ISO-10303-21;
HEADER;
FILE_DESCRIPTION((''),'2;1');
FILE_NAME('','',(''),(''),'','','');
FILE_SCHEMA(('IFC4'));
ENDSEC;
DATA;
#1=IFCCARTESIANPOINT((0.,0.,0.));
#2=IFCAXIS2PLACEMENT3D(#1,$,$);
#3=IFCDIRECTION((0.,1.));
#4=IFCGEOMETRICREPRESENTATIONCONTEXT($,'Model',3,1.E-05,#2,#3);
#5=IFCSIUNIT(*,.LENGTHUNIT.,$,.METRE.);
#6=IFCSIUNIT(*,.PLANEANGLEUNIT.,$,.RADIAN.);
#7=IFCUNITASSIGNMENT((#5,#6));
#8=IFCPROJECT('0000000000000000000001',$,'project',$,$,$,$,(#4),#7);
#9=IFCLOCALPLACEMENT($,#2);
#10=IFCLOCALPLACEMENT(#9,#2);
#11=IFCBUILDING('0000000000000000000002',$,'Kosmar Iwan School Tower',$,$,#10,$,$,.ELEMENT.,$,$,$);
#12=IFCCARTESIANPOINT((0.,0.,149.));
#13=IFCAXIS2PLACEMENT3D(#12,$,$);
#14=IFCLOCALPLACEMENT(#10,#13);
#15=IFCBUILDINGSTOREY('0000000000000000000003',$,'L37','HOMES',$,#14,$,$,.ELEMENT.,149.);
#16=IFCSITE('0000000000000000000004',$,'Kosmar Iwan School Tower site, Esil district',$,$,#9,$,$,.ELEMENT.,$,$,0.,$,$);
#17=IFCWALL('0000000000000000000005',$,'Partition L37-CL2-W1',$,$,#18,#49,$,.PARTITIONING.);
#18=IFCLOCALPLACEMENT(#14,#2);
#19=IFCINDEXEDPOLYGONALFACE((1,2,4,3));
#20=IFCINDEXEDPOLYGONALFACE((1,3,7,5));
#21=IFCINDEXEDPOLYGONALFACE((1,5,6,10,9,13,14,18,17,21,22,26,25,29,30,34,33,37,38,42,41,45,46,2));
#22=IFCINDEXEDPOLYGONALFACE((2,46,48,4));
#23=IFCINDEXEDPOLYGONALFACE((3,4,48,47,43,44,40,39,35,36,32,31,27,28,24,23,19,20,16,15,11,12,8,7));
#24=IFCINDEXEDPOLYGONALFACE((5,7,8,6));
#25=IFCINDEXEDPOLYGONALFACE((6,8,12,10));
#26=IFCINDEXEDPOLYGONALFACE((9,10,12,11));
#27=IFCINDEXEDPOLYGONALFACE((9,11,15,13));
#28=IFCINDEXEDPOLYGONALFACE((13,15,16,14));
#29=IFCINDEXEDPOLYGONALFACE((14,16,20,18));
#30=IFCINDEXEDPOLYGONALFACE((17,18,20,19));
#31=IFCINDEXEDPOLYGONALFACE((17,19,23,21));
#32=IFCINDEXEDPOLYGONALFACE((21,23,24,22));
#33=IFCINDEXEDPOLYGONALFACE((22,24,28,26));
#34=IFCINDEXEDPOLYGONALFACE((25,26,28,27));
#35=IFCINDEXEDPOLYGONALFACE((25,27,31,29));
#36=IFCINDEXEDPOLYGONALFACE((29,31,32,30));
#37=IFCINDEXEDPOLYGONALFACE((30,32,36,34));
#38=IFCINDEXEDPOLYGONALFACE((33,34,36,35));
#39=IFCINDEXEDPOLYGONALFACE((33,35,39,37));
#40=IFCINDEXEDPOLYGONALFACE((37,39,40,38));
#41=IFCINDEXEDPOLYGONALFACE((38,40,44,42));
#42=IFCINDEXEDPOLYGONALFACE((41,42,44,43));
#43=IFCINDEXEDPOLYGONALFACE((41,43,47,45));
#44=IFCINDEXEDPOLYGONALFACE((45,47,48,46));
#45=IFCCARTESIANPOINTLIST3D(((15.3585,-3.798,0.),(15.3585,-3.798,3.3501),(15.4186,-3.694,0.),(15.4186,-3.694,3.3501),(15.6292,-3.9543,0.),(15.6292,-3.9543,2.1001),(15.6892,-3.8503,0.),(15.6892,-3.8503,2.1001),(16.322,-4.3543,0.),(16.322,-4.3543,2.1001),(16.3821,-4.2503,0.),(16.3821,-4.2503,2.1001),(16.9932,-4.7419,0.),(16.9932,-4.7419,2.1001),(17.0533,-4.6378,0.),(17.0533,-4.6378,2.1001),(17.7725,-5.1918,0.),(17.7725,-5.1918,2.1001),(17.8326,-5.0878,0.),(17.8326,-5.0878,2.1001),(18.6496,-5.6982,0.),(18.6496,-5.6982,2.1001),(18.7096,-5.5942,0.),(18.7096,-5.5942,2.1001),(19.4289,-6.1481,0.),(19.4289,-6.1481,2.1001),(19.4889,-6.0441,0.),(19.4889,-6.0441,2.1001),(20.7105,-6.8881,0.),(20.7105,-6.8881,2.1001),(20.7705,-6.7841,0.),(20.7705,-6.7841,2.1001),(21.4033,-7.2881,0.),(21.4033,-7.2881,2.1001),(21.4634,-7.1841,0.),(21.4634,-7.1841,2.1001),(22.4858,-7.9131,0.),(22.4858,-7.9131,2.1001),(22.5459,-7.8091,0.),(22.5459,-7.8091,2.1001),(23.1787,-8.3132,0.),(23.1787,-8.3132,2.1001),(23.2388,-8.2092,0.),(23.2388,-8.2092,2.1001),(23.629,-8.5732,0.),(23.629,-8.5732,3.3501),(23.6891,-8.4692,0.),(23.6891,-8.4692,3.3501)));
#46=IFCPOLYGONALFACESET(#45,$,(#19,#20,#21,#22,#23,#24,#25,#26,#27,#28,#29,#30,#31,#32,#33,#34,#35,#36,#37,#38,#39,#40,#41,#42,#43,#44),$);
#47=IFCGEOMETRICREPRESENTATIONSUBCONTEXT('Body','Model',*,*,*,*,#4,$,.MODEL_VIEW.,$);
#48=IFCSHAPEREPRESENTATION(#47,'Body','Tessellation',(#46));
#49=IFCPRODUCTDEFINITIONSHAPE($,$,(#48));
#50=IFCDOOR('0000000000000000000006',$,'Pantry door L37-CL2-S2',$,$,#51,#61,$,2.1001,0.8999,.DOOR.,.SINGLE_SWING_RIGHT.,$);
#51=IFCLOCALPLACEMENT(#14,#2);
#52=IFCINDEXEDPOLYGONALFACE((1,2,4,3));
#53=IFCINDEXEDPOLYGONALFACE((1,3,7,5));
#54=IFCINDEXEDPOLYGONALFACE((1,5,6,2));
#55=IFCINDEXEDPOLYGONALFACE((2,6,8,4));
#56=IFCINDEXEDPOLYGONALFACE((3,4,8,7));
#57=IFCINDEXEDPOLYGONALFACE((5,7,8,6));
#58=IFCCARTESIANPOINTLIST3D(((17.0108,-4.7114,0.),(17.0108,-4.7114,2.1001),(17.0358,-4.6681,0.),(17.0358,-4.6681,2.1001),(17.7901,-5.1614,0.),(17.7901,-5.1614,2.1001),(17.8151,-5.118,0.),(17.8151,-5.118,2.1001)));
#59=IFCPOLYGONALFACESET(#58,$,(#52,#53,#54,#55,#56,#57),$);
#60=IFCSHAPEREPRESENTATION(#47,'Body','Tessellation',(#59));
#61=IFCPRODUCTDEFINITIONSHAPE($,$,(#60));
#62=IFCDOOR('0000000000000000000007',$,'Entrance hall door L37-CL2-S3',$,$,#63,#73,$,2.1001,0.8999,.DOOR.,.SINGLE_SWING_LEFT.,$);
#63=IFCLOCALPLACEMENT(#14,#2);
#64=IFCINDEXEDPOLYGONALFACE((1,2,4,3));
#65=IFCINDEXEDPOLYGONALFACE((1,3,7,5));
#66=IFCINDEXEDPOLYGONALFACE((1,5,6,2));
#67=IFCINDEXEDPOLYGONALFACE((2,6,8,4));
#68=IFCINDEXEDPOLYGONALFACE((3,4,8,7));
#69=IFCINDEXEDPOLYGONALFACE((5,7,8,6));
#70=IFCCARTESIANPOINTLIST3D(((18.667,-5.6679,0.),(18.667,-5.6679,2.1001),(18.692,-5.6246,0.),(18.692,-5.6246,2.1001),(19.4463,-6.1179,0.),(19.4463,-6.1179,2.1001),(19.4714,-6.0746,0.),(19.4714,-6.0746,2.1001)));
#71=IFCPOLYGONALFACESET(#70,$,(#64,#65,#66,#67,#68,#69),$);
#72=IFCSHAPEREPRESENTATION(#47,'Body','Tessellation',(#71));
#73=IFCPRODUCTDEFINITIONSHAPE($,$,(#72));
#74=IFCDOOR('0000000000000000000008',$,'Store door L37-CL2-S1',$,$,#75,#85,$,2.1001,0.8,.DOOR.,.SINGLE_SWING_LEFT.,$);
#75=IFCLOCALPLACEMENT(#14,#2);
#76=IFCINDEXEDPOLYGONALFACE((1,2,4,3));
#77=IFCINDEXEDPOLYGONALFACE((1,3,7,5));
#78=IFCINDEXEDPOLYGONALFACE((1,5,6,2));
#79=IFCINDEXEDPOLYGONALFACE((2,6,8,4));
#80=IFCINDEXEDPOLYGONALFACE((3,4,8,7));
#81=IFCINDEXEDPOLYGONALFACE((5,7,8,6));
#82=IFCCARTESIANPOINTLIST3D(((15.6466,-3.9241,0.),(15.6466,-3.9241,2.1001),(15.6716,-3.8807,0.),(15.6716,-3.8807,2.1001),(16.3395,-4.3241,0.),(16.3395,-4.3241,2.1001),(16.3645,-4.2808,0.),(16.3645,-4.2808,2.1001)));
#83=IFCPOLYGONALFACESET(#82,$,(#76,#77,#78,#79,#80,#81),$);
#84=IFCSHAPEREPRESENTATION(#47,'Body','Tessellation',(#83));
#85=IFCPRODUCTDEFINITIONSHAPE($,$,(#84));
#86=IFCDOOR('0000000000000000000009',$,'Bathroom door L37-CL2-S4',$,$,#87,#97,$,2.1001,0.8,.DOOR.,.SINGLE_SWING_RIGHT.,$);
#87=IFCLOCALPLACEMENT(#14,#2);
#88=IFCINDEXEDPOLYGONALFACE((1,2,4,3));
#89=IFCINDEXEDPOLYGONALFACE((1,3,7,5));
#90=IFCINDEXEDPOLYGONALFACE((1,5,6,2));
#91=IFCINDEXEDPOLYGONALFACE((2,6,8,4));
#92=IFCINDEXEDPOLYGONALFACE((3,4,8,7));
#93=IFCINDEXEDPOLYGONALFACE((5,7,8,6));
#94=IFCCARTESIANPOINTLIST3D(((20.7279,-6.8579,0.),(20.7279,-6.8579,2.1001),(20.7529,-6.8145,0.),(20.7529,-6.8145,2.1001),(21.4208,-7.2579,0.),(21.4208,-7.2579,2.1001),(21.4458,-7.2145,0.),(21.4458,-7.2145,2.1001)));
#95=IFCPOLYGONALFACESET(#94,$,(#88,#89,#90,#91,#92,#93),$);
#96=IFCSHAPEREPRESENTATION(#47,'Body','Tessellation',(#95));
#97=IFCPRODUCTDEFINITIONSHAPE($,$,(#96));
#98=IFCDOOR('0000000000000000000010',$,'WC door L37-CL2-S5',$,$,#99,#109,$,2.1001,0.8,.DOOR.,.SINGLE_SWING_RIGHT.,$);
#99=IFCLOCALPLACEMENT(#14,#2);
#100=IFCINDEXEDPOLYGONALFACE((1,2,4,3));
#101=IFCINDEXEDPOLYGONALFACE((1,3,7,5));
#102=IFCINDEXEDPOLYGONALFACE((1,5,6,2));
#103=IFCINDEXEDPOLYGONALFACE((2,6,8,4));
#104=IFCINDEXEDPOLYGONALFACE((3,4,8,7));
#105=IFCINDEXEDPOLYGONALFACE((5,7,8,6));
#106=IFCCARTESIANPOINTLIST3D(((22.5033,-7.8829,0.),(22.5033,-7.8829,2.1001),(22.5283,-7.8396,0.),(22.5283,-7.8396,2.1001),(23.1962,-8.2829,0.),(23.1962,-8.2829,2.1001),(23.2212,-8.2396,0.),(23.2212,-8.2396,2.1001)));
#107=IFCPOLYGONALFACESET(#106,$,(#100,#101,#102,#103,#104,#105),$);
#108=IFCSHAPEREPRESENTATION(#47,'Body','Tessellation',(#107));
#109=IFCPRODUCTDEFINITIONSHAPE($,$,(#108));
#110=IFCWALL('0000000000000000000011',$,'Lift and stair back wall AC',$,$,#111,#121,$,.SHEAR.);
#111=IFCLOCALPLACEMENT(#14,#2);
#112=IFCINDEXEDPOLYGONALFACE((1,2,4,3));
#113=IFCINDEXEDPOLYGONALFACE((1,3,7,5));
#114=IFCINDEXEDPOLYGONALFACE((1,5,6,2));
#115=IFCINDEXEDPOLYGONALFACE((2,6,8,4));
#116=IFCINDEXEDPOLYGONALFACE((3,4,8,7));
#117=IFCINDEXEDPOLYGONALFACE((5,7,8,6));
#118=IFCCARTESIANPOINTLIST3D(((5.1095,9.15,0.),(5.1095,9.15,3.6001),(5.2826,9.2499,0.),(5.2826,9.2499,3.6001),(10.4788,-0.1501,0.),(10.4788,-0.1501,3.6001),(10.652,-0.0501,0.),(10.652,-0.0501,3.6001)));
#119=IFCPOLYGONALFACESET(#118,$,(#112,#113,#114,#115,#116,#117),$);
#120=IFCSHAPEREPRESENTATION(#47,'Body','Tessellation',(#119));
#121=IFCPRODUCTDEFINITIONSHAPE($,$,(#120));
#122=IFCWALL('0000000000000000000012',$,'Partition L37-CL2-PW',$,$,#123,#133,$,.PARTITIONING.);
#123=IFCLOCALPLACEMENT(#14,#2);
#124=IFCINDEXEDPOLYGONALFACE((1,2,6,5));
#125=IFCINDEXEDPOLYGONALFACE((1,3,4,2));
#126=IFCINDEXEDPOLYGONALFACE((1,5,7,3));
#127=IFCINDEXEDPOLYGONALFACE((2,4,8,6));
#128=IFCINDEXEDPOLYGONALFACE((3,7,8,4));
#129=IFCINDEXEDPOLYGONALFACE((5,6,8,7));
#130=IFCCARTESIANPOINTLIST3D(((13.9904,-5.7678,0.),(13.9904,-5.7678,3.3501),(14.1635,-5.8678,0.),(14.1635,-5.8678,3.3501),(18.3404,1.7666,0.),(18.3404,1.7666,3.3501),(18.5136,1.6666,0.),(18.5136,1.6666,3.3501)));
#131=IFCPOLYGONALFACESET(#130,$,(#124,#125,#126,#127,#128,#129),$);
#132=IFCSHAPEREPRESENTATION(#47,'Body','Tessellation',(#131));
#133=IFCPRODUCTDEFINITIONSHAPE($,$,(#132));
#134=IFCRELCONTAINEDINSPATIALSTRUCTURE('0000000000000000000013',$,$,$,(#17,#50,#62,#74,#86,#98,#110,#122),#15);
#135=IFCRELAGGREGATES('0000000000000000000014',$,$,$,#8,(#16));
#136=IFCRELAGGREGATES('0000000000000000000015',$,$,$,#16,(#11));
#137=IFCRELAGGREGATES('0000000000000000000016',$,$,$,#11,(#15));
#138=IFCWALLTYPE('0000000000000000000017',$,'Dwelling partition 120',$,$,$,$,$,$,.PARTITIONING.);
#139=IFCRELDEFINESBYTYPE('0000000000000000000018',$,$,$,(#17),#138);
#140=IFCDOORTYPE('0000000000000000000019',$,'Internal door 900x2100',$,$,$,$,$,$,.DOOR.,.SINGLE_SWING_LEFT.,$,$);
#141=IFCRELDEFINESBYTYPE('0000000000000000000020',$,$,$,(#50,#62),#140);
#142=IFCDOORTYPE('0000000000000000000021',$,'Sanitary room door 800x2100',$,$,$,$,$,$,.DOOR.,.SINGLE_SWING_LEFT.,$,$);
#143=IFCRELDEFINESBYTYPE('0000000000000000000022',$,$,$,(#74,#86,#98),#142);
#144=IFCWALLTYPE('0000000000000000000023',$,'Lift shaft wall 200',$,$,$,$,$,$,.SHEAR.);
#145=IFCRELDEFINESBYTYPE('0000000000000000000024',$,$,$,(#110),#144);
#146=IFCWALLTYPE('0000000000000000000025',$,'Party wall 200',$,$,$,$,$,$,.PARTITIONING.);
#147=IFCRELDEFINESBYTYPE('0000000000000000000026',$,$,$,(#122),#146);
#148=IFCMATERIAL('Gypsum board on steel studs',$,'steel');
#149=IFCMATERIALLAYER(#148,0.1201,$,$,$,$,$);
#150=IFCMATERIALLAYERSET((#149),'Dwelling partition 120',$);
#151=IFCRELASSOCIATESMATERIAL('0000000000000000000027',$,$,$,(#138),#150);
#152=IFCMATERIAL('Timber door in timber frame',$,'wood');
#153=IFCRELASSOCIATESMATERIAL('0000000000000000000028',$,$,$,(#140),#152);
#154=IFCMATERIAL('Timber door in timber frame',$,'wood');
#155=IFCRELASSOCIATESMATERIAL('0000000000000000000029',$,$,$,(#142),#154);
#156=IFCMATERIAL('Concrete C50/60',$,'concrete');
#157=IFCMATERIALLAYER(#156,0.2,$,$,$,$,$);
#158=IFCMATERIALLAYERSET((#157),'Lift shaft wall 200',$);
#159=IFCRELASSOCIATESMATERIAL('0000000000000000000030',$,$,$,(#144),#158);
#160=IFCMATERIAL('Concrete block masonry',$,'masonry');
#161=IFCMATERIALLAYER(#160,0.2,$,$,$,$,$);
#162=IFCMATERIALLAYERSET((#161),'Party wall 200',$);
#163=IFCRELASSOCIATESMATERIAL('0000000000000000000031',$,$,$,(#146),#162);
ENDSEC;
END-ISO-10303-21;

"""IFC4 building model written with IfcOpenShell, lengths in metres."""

from ifc_helpers import new_model, si_unit, direction, frame, frame_2d, origin, place, context, subcontext, project, spatial, rectangle, extrude, material, layer, layer_set, type_object, element, fill, save


model = new_model("IFC4")

# Units and contexts
model_context = context("Model", 3, precision=1e-05, world=origin(), true_north=direction((0.0, 1.0)))
body_context = subcontext(model_context, "Body", "Model", "MODEL_VIEW")
ifc_project = project(units=[si_unit("LENGTHUNIT", "METRE"), si_unit("PLANEANGLEUNIT", "RADIAN")], contexts=[model_context])

# Site, building, storey
site_placement = place(None, origin())
site = spatial("IfcSite", under=ifc_project, at=site_placement, Name="Kosmar Iwan School Tower site, Esil district", CompositionType="ELEMENT", RefElevation=0.0)
building_placement = place(site_placement, origin())
building = spatial("IfcBuilding", under=site, at=building_placement, Name="Kosmar Iwan School Tower", CompositionType="ELEMENT")
storey_placement = place(building_placement, frame((0.0, 0.0, 149.0)))
storey = spatial("IfcBuildingStorey", under=building, at=storey_placement, Name="L37", Description="HOMES", CompositionType="ELEMENT", Elevation=149.0)

# Shared definitions
ifc_material_1 = material(Name="Gypsum board on steel studs", Category="steel")
ifc_layer_1 = layer(ifc_material_1, 0.1201)
ifc_layer_set_1 = layer_set([ifc_layer_1], Name="Dwelling partition 120")
wall_type_1 = type_object("IfcWallType", Name="Dwelling partition 120", PredefinedType="PARTITIONING", material=ifc_layer_set_1)
ifc_material_2 = material(Name="Timber door in timber frame", Category="wood")
door_type_1 = type_object("IfcDoorType", Name="Internal door 900x2100", OperationType="SINGLE_SWING_LEFT", PredefinedType="DOOR", material=ifc_material_2)
ifc_material_3 = material(Name="Timber door in timber frame", Category="wood")
door_type_2 = type_object("IfcDoorType", Name="Sanitary room door 800x2100", OperationType="SINGLE_SWING_LEFT", PredefinedType="DOOR", material=ifc_material_3)

# Wall, openings, doors
wall_1_placement = place(storey_placement, frame((15.3887, -3.7461, 0.0), z_axis=(0.0, 0.0, 1.0), x_axis=(0.866018, -0.500013, 0.0)))
wall_1 = element("IfcWall", 1, at=wall_1_placement, inside=storey, type_object=wall_type_1, Name="Partition L37-CL2-W1", PredefinedType="PARTITIONING", context=body_context, shape_type="SweptSolid", body=[
    extrude(rectangle(XDim=9.55, YDim=0.1201, at=frame_2d((4.7749, 0.0))), origin(), (0.0, 0.0, 1.0), 3.3501),
])
opening_1_placement = place(wall_1_placement, frame((0.3125, 0.0, 0.0)))
opening_1 = element("IfcOpeningElement", 2, at=opening_1_placement, cuts=wall_1, PredefinedType="OPENING", context=body_context, shape_type="SweptSolid", body=[
    extrude(rectangle(XDim=0.8, YDim=2.1001, at=frame_2d((0.3999, 1.05))), frame((0.0, 0.072, 0.0), z_axis=(0.0, -1.0, 0.0), x_axis=(1.0, 0.0, 0.0)), (0.0, 0.0, 1.0), 0.144),
])
opening_2_placement = place(wall_1_placement, frame((1.8875, 0.0, 0.0)))
opening_2 = element("IfcOpeningElement", 3, at=opening_2_placement, cuts=wall_1, PredefinedType="OPENING", context=body_context, shape_type="SweptSolid", body=[
    extrude(rectangle(XDim=0.8999, YDim=2.1001, at=frame_2d((0.45, 1.05))), frame((0.0, 0.072, 0.0), z_axis=(0.0, -1.0, 0.0), x_axis=(1.0, 0.0, 0.0)), (0.0, 0.0, 1.0), 0.144),
])
opening_3_placement = place(wall_1_placement, frame((3.8, 0.0, 0.0)))
opening_3 = element("IfcOpeningElement", 4, at=opening_3_placement, cuts=wall_1, PredefinedType="OPENING", context=body_context, shape_type="SweptSolid", body=[
    extrude(rectangle(XDim=0.8999, YDim=2.1001, at=frame_2d((0.45, 1.05))), frame((0.0, 0.072, 0.0), z_axis=(0.0, -1.0, 0.0), x_axis=(1.0, 0.0, 0.0)), (0.0, 0.0, 1.0), 0.144),
])
opening_4_placement = place(wall_1_placement, frame((6.1799, 0.0, 0.0)))
opening_4 = element("IfcOpeningElement", 5, at=opening_4_placement, cuts=wall_1, PredefinedType="OPENING", context=body_context, shape_type="SweptSolid", body=[
    extrude(rectangle(XDim=0.8, YDim=2.1001, at=frame_2d((0.3999, 1.05))), frame((0.0, 0.072, 0.0), z_axis=(0.0, -1.0, 0.0), x_axis=(1.0, 0.0, 0.0)), (0.0, 0.0, 1.0), 0.144),
])
opening_5_placement = place(wall_1_placement, frame((8.23, 0.0, 0.0)))
opening_5 = element("IfcOpeningElement", 6, at=opening_5_placement, cuts=wall_1, PredefinedType="OPENING", context=body_context, shape_type="SweptSolid", body=[
    extrude(rectangle(XDim=0.8, YDim=2.1001, at=frame_2d((0.3999, 1.05))), frame((0.0, 0.072, 0.0), z_axis=(0.0, -1.0, 0.0), x_axis=(1.0, 0.0, 0.0)), (0.0, 0.0, 1.0), 0.144),
])
door_1_placement = place(opening_2_placement, frame((0.8999, 0.0, 0.0), z_axis=(0.0, 0.0, 1.0), x_axis=(-1.0, 0.0, 0.0)))
door_1 = element("IfcDoor", 7, at=door_1_placement, inside=storey, type_object=door_type_1, Name="Pantry door L37-CL2-S2", OperationType="SINGLE_SWING_RIGHT", OverallHeight=2.1001, OverallWidth=0.8999, PredefinedType="DOOR", context=body_context, shape_type="SweptSolid", body=[
    extrude(rectangle(XDim=0.8999, YDim=2.1001, at=frame_2d((0.45, 1.05))), frame((0.0, 0.0249, 0.0), z_axis=(0.0, -1.0, 0.0), x_axis=(1.0, 0.0, 0.0)), (0.0, 0.0, 1.0), 0.05),
])
fill(opening_2, door_1)
door_2_placement = place(opening_3_placement, origin())
door_2 = element("IfcDoor", 8, at=door_2_placement, inside=storey, type_object=door_type_1, Name="Entrance hall door L37-CL2-S3", OperationType="SINGLE_SWING_LEFT", OverallHeight=2.1001, OverallWidth=0.8999, PredefinedType="DOOR", context=body_context, shape_type="SweptSolid", body=[
    extrude(rectangle(XDim=0.8999, YDim=2.1001, at=frame_2d((0.45, 1.05))), frame((0.0, 0.0249, 0.0), z_axis=(0.0, -1.0, 0.0), x_axis=(1.0, 0.0, 0.0)), (0.0, 0.0, 1.0), 0.05),
])
fill(opening_3, door_2)
door_3_placement = place(opening_1_placement, origin())
door_3 = element("IfcDoor", 9, at=door_3_placement, inside=storey, type_object=door_type_2, Name="Store door L37-CL2-S1", OperationType="SINGLE_SWING_LEFT", OverallHeight=2.1001, OverallWidth=0.8, PredefinedType="DOOR", context=body_context, shape_type="SweptSolid", body=[
    extrude(rectangle(XDim=0.8, YDim=2.1001, at=frame_2d((0.3999, 1.05))), frame((0.0, 0.0249, 0.0), z_axis=(0.0, -1.0, 0.0), x_axis=(1.0, 0.0, 0.0)), (0.0, 0.0, 1.0), 0.05),
])
fill(opening_1, door_3)
door_4_placement = place(opening_4_placement, origin())
door_4 = element("IfcDoor", 10, at=door_4_placement, inside=storey, type_object=door_type_2, Name="Bathroom door L37-CL2-S4", OperationType="SINGLE_SWING_RIGHT", OverallHeight=2.1001, OverallWidth=0.8, PredefinedType="DOOR", context=body_context, shape_type="SweptSolid", body=[
    extrude(rectangle(XDim=0.8, YDim=2.1001, at=frame_2d((0.3999, 1.05))), frame((0.0, 0.0249, 0.0), z_axis=(0.0, -1.0, 0.0), x_axis=(1.0, 0.0, 0.0)), (0.0, 0.0, 1.0), 0.05),
])
fill(opening_4, door_4)
door_5_placement = place(opening_5_placement, origin())
door_5 = element("IfcDoor", 11, at=door_5_placement, inside=storey, type_object=door_type_2, Name="WC door L37-CL2-S5", OperationType="SINGLE_SWING_RIGHT", OverallHeight=2.1001, OverallWidth=0.8, PredefinedType="DOOR", context=body_context, shape_type="SweptSolid", body=[
    extrude(rectangle(XDim=0.8, YDim=2.1001, at=frame_2d((0.3999, 1.05))), frame((0.0, 0.0249, 0.0), z_axis=(0.0, -1.0, 0.0), x_axis=(1.0, 0.0, 0.0)), (0.0, 0.0, 1.0), 0.05),
])
fill(opening_5, door_5)

# Walls
ifc_material_4 = material(Name="Concrete C50/60", Category="concrete")
ifc_layer_2 = layer(ifc_material_4, 0.2)
ifc_layer_set_2 = layer_set([ifc_layer_2], Name="Lift shaft wall 200")
wall_type_2 = type_object("IfcWallType", Name="Lift shaft wall 200", PredefinedType="SHEAR", material=ifc_layer_set_2)
wall_2_placement = place(storey_placement, frame((10.5654, -0.1001, 0.0), z_axis=(0.0, 0.0, 1.0), x_axis=(-0.5, 0.866025, 0.0)))
element("IfcWall", 12, at=wall_2_placement, inside=storey, type_object=wall_type_2, Name="Lift and stair back wall AC", PredefinedType="SHEAR", context=body_context, shape_type="SweptSolid", body=[
    extrude(rectangle(XDim=10.7388, YDim=0.2, at=frame_2d((5.3694, 0.0))), origin(), (0.0, 0.0, 1.0), 3.6001),
])
ifc_material_5 = material(Name="Concrete block masonry", Category="masonry")
ifc_layer_3 = layer(ifc_material_5, 0.2)
ifc_layer_set_3 = layer_set([ifc_layer_3], Name="Party wall 200")
wall_type_3 = type_object("IfcWallType", Name="Party wall 200", PredefinedType="PARTITIONING", material=ifc_layer_set_3)
wall_3_placement = place(storey_placement, frame((14.0769, -5.8179, 0.0), z_axis=(0.0, 0.0, 1.0), x_axis=(0.500008, 0.866021, 0.0)))
element("IfcWall", 13, at=wall_3_placement, inside=storey, type_object=wall_type_3, Name="Partition L37-CL2-PW", PredefinedType="PARTITIONING", context=body_context, shape_type="SweptSolid", body=[
    extrude(rectangle(XDim=8.7, YDim=0.2, at=frame_2d((4.3501, 0.0))), origin(), (0.0, 0.0, 1.0), 3.3501),
])

save(model, "model.ifc")
